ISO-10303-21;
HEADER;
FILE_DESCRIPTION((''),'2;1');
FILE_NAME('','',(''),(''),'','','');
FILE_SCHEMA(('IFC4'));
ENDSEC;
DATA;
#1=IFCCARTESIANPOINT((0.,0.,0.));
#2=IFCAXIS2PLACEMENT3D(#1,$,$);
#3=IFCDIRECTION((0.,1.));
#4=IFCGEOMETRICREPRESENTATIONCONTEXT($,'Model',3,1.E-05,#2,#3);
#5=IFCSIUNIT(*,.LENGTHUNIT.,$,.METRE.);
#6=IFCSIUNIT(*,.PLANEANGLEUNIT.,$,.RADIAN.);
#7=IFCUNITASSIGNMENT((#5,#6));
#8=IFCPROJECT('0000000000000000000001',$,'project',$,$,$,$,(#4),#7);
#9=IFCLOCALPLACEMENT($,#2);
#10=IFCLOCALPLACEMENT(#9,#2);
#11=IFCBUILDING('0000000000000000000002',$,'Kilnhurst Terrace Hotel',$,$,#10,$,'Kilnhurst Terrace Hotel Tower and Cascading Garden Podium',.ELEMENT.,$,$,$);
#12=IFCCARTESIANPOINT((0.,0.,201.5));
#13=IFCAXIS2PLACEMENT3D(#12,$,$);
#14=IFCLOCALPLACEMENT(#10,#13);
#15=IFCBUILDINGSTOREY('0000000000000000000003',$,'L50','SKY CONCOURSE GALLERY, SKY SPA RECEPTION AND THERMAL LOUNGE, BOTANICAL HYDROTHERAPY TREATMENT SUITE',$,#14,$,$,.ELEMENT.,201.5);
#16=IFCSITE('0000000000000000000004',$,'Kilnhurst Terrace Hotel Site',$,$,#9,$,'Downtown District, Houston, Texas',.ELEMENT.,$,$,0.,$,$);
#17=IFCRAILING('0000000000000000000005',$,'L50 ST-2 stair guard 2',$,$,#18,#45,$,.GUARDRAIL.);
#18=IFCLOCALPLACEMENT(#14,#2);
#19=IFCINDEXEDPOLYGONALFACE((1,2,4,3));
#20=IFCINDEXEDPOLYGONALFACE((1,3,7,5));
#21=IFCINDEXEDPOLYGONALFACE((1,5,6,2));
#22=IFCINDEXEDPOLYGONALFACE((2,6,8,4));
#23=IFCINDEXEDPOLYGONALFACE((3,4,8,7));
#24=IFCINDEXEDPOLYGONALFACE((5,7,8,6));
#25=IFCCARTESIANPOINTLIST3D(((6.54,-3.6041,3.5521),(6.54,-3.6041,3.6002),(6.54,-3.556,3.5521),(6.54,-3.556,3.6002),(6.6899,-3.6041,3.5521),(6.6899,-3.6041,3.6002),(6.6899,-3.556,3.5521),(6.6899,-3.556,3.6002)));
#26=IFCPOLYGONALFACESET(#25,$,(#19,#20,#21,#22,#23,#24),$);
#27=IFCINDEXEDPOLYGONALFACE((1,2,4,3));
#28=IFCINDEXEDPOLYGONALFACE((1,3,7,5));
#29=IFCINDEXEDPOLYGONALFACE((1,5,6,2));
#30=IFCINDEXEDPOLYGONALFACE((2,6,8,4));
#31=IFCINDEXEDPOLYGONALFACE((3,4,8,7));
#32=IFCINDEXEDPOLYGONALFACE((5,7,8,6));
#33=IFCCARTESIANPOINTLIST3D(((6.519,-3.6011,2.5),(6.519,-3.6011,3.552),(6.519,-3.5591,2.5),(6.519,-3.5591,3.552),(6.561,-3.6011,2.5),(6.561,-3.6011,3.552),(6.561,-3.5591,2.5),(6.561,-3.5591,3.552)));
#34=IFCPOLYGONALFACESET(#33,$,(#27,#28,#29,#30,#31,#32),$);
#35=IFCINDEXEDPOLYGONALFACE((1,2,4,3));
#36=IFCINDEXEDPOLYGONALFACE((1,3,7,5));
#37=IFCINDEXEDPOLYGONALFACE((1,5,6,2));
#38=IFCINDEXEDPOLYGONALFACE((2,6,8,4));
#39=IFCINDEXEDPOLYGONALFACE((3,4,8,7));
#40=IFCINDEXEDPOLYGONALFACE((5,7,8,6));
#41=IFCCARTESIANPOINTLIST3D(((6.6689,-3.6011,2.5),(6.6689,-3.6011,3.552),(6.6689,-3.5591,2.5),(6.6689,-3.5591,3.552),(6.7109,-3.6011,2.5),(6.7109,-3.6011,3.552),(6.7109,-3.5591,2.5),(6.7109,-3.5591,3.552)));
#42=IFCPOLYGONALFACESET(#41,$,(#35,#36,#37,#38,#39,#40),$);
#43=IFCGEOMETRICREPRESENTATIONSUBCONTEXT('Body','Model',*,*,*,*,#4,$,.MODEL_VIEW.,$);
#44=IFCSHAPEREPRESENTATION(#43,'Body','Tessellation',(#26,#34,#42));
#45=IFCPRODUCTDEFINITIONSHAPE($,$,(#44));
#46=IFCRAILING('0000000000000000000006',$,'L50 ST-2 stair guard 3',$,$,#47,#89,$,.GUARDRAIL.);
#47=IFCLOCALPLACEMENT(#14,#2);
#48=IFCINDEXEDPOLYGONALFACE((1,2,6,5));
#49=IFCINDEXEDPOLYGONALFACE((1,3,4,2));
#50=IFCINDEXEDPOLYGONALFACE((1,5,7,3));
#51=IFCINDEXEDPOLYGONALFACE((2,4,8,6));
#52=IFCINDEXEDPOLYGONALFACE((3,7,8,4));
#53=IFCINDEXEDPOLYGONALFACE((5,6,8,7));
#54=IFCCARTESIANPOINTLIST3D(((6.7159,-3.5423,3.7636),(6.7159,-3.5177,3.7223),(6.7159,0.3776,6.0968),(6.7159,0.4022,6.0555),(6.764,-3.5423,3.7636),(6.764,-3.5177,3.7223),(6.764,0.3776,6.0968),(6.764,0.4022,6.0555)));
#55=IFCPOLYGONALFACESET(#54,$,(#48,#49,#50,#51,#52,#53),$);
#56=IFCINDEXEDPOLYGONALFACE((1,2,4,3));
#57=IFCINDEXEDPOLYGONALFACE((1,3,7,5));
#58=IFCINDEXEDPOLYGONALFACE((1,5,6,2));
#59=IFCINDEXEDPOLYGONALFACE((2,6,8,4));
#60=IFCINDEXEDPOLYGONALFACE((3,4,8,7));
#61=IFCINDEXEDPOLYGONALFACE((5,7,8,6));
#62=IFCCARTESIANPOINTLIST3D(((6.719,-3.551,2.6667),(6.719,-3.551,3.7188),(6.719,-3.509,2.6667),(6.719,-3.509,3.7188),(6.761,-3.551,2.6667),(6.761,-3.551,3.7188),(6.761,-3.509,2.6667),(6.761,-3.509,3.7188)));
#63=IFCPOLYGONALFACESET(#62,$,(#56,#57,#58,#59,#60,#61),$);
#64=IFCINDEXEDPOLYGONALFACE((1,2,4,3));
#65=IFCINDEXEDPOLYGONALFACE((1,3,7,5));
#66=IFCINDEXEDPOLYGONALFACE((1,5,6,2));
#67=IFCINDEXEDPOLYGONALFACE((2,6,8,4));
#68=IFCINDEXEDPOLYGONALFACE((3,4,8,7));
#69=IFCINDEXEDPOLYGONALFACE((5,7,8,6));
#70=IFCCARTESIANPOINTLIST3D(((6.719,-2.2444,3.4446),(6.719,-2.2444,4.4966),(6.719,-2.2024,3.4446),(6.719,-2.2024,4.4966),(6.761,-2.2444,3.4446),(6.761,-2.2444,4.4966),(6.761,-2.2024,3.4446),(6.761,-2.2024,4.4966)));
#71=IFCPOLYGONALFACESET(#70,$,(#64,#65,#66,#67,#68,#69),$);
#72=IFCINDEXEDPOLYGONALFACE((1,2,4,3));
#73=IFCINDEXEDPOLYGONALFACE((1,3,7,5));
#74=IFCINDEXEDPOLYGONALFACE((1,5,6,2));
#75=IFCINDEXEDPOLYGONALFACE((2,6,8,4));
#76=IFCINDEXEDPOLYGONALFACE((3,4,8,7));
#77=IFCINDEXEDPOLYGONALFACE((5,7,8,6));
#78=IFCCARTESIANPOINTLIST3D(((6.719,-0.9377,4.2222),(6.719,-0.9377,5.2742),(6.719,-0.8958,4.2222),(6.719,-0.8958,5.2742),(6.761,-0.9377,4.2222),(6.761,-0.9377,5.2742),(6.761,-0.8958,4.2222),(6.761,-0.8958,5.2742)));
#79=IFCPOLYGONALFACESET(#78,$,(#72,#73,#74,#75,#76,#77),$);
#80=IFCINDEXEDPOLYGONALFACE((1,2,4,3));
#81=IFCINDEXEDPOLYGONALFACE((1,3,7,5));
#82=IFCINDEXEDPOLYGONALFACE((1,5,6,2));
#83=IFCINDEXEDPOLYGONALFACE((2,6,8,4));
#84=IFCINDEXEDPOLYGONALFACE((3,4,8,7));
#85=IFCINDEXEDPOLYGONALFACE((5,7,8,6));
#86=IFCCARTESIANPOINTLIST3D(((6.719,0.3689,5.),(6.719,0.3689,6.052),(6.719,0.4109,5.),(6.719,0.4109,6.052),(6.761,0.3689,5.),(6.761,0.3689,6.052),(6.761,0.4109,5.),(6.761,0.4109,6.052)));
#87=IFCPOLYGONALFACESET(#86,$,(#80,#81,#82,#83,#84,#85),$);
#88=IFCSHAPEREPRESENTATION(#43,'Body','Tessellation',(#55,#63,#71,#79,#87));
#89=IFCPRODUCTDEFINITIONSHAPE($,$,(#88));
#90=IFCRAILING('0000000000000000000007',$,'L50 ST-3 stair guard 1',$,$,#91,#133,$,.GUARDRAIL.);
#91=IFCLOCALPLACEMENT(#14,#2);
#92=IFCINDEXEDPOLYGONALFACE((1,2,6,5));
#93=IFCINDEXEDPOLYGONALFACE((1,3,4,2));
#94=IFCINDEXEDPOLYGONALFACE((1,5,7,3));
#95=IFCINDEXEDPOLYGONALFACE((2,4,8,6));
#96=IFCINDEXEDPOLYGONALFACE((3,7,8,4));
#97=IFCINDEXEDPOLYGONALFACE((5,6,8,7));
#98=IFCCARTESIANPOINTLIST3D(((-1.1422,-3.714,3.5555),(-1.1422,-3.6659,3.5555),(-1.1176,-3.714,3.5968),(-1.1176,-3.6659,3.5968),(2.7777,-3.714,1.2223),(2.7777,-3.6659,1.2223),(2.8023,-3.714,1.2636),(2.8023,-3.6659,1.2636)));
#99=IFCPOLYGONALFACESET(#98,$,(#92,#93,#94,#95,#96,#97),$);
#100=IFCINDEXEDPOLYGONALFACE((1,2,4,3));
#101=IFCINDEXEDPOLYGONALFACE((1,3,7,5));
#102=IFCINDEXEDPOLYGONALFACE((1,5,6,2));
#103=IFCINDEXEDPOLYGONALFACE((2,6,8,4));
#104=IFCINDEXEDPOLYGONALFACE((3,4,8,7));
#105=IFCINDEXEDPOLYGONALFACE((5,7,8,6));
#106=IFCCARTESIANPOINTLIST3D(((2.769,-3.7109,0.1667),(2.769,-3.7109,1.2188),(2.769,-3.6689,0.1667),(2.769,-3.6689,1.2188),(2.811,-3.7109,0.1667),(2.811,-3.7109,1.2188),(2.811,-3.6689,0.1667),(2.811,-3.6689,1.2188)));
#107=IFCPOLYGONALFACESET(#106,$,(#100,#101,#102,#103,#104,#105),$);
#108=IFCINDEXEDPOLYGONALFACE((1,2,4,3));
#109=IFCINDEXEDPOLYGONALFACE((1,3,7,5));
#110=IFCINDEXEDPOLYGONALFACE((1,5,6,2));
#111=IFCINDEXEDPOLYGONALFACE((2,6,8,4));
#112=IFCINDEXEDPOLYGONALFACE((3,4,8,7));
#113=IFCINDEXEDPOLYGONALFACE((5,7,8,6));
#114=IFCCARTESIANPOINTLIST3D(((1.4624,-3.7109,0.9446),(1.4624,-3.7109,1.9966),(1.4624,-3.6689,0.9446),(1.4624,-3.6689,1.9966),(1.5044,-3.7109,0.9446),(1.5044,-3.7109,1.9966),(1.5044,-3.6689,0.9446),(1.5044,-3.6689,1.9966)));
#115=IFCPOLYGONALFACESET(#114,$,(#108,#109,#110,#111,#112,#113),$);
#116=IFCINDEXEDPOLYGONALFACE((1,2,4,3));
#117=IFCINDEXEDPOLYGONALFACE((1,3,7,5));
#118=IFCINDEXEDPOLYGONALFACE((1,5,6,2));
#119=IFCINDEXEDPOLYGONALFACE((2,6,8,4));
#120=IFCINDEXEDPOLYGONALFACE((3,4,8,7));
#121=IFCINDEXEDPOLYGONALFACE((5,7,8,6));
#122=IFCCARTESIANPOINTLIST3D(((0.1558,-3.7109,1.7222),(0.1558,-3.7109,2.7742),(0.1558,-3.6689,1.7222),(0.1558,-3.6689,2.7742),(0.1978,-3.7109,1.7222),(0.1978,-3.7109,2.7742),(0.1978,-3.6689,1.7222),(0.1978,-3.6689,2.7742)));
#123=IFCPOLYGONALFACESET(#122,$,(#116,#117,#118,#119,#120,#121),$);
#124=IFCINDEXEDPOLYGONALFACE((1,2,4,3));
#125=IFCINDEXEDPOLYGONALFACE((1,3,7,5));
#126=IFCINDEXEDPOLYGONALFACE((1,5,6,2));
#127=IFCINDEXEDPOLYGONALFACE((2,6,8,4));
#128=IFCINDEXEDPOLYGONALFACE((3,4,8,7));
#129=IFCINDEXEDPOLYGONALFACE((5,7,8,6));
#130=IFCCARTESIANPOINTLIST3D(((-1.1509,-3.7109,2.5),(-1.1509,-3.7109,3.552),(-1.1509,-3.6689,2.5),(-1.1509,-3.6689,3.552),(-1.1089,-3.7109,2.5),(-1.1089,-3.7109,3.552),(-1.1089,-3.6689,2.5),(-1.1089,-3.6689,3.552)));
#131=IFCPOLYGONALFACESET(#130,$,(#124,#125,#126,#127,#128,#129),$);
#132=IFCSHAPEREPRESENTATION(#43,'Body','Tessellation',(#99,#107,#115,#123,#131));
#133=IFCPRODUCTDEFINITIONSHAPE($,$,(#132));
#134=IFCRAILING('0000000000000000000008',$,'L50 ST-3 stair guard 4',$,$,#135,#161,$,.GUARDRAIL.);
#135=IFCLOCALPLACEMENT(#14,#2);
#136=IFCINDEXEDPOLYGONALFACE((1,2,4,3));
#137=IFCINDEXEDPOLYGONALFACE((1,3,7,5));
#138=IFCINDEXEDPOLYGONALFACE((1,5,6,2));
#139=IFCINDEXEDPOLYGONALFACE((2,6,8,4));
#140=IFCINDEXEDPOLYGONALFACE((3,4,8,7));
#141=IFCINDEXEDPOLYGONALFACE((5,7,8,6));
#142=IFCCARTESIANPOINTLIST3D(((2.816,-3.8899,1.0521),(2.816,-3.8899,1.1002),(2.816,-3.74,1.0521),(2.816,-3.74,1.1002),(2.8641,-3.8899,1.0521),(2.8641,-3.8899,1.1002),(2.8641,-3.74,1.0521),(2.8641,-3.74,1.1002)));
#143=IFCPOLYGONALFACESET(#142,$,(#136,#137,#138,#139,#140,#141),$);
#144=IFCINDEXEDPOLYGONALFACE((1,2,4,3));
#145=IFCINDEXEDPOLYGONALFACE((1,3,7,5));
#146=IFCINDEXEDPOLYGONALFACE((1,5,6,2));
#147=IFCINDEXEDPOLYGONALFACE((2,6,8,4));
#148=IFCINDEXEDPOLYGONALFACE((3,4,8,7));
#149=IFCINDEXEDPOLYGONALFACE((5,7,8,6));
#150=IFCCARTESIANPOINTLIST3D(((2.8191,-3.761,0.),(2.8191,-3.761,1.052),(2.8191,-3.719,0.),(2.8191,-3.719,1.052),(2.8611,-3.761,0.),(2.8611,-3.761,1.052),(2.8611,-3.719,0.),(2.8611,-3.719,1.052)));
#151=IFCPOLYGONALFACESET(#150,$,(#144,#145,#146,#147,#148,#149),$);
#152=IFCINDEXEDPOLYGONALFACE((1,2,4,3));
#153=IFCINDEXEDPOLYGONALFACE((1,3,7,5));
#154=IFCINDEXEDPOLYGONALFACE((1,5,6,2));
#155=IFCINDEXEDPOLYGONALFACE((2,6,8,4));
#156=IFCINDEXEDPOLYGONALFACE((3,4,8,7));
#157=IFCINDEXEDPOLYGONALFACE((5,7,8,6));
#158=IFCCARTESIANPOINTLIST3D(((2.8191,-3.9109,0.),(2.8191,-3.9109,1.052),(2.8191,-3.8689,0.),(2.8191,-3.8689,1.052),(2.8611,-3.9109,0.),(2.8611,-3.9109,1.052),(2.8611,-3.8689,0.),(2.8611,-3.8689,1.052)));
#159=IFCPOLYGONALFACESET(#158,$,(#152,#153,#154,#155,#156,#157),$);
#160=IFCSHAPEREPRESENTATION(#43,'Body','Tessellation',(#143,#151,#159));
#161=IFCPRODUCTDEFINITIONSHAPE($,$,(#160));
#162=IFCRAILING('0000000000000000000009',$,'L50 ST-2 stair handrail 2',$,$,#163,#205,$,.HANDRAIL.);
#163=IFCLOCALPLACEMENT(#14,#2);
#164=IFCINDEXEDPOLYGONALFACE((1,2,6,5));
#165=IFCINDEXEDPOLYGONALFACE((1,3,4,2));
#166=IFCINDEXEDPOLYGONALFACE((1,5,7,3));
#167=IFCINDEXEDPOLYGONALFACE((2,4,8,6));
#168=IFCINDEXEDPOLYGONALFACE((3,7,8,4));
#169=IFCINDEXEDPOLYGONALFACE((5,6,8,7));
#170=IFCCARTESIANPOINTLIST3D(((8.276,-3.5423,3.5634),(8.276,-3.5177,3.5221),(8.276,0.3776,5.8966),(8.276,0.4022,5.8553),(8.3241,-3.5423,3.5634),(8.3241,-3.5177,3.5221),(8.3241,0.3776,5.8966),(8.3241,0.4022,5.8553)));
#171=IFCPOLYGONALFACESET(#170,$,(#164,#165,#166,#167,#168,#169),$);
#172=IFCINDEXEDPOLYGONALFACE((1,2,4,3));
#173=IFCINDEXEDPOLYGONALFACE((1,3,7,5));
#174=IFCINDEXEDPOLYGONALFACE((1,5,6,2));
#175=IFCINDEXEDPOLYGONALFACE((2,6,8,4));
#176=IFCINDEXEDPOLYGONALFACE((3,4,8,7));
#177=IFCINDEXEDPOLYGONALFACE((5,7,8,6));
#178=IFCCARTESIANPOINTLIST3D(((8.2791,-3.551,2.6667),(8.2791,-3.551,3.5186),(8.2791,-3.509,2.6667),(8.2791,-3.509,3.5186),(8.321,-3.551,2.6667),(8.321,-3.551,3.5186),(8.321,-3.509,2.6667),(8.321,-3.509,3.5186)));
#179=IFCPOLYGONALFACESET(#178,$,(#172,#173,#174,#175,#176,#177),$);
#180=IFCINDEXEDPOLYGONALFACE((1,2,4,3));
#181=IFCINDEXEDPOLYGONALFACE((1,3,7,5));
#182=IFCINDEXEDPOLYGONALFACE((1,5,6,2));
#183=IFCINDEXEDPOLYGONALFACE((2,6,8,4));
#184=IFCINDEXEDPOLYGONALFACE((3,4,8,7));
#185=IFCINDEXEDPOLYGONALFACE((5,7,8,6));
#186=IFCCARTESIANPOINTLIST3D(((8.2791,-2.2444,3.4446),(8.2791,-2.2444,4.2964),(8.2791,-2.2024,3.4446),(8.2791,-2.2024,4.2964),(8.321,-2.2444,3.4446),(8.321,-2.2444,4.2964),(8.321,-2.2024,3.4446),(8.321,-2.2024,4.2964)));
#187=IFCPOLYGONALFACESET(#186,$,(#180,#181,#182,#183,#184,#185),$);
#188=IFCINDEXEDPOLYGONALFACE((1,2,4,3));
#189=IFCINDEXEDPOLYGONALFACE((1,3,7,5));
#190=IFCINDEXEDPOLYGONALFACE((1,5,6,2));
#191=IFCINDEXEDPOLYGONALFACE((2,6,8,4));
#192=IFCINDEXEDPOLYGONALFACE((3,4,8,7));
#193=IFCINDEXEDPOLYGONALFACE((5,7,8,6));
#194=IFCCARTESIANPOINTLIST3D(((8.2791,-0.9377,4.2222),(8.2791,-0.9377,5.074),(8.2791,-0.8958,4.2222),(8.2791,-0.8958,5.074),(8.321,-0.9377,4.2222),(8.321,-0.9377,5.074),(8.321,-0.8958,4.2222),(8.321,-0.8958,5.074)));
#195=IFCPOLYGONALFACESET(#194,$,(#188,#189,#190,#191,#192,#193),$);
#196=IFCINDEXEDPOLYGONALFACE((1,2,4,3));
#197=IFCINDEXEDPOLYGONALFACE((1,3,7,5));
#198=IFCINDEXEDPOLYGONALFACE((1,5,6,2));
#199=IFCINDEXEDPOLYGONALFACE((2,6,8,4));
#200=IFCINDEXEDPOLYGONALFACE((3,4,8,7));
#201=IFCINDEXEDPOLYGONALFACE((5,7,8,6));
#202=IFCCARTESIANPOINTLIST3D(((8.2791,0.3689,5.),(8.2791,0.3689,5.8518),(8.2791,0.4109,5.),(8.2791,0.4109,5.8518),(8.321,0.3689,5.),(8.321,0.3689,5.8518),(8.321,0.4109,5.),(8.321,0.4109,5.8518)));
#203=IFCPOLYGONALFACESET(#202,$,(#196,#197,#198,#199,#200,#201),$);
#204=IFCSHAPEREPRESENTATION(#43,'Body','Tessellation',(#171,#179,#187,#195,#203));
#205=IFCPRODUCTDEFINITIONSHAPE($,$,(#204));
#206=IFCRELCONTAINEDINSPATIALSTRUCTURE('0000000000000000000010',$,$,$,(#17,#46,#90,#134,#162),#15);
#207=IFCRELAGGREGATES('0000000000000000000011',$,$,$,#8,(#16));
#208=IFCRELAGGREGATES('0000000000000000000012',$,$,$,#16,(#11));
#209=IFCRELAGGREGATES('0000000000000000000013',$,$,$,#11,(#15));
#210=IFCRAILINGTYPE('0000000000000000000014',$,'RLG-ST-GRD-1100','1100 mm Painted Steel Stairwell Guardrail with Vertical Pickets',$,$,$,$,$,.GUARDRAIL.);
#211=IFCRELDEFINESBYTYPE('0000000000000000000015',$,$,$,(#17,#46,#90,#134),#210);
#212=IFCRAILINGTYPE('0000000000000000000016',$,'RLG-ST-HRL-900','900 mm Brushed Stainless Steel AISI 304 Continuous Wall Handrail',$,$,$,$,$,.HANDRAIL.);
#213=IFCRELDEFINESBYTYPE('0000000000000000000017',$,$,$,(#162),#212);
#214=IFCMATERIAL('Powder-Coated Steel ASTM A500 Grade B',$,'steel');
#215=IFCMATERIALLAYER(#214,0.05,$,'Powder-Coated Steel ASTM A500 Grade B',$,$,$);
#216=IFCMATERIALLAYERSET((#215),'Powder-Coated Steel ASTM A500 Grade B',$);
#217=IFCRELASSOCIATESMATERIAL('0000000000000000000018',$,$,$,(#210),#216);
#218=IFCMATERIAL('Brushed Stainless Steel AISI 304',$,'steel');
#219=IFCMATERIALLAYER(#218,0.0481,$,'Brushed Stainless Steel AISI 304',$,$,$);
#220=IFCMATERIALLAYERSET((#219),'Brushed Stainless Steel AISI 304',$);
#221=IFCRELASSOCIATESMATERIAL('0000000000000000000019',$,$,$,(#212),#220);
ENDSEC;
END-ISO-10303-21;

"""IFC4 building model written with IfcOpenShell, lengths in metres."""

from ifc_helpers import new_model, si_unit, direction, frame, origin, origin_2d, place, context, subcontext, project, spatial, rectangle, extrude, material, layer, layer_set, type_object, element, save


model = new_model("IFC4")

# Units and contexts
model_context = context("Model", 3, precision=1e-05, world=origin(), true_north=direction((0.0, 1.0)))
body_context = subcontext(model_context, "Body", "Model", "MODEL_VIEW")
ifc_project = project(units=[si_unit("LENGTHUNIT", "METRE"), si_unit("PLANEANGLEUNIT", "RADIAN")], contexts=[model_context])

# Site, building, storey
site_placement = place(None, origin())
site = spatial("IfcSite", under=ifc_project, at=site_placement, Name="Kilnhurst Terrace Hotel Site", LongName="Downtown District, Houston, Texas", CompositionType="ELEMENT", RefElevation=0.0)
building_placement = place(site_placement, origin())
building = spatial("IfcBuilding", under=site, at=building_placement, Name="Kilnhurst Terrace Hotel", LongName="Kilnhurst Terrace Hotel Tower and Cascading Garden Podium", CompositionType="ELEMENT")
storey_placement = place(building_placement, frame((0.0, 0.0, 201.5)))
storey = spatial("IfcBuildingStorey", under=building, at=storey_placement, Name="L50", Description="SKY CONCOURSE GALLERY, SKY SPA RECEPTION AND THERMAL LOUNGE, BOTANICAL HYDROTHERAPY TREATMENT SUITE", CompositionType="ELEMENT", Elevation=201.5)

# Railings
ifc_material_1 = material(Name="Powder-Coated Steel ASTM A500 Grade B", Category="steel")
ifc_layer_1 = layer(ifc_material_1, 0.05, Name="Powder-Coated Steel ASTM A500 Grade B")
ifc_layer_set_1 = layer_set([ifc_layer_1], Name="Powder-Coated Steel ASTM A500 Grade B")
railing_type_1 = type_object("IfcRailingType", Name="RLG-ST-GRD-1100", Description="1100 mm Painted Steel Stairwell Guardrail with Vertical Pickets", PredefinedType="GUARDRAIL", material=ifc_layer_set_1)
railing_1_placement = place(storey_placement, frame((6.54, -3.5801, 2.5)))
element("IfcRailing", 1, at=railing_1_placement, inside=storey, type_object=railing_type_1, Name="L50 ST-2 stair guard 2", PredefinedType="GUARDRAIL", context=body_context, shape_type="SweptSolid", body=[
    extrude(rectangle(XDim=0.0481, YDim=0.0481, at=origin_2d()), frame((0.0, 0.0, 1.0762), z_axis=(1.0, 0.0, 0.0), x_axis=(0.0, 1.0, 0.0)), (0.0, 0.0, 1.0), 0.1499),
    extrude(rectangle(XDim=0.042, YDim=0.042, at=origin_2d()), origin(), (0.0, 0.0, 1.0), 1.052),
    extrude(rectangle(XDim=0.042, YDim=0.042, at=origin_2d()), frame((0.1499, 0.0, 0.0)), (0.0, 0.0, 1.0), 1.052),
])
railing_2_placement = place(storey_placement, frame((6.74, -3.53, 2.6667)))
element("IfcRailing", 2, at=railing_2_placement, inside=storey, type_object=railing_type_1, Name="L50 ST-2 stair guard 3", PredefinedType="GUARDRAIL", context=body_context, shape_type="SweptSolid", body=[
    extrude(rectangle(XDim=0.0481, YDim=0.0481, at=origin_2d()), frame((0.0, 0.0, 1.0762), z_axis=(0.0, 0.859296, 0.511478), x_axis=(-1.0, 0.0, 0.0)), (0.0, 0.0, 1.0), 4.5618),
    extrude(rectangle(XDim=0.042, YDim=0.042, at=origin_2d()), origin(), (0.0, 0.0, 1.0), 1.052),
    extrude(rectangle(XDim=0.042, YDim=0.042, at=origin_2d()), frame((0.0, 1.3066, 0.7778)), (0.0, 0.0, 1.0), 1.052),
    extrude(rectangle(XDim=0.042, YDim=0.042, at=origin_2d()), frame((0.0, 2.6133, 1.5554)), (0.0, 0.0, 1.0), 1.052),
    extrude(rectangle(XDim=0.042, YDim=0.042, at=origin_2d()), frame((0.0, 3.9199, 2.3333)), (0.0, 0.0, 1.0), 1.052),
])
railing_3_placement = place(storey_placement, frame((2.79, -3.6899, 0.1667)))
element("IfcRailing", 3, at=railing_3_placement, inside=storey, type_object=railing_type_1, Name="L50 ST-3 stair guard 1", PredefinedType="GUARDRAIL", context=body_context, shape_type="SweptSolid", body=[
    extrude(rectangle(XDim=0.0481, YDim=0.0481, at=origin_2d()), frame((0.0, 0.0, 1.0762), z_axis=(-0.859296, 0.0, 0.511478), x_axis=(0.0, -1.0, 0.0)), (0.0, 0.0, 1.0), 4.5618),
    extrude(rectangle(XDim=0.042, YDim=0.042, at=origin_2d()), origin(), (0.0, 0.0, 1.0), 1.052),
    extrude(rectangle(XDim=0.042, YDim=0.042, at=origin_2d()), frame((-1.3066, 0.0, 0.7778)), (0.0, 0.0, 1.0), 1.052),
    extrude(rectangle(XDim=0.042, YDim=0.042, at=origin_2d()), frame((-2.6133, 0.0, 1.5554)), (0.0, 0.0, 1.0), 1.052),
    extrude(rectangle(XDim=0.042, YDim=0.042, at=origin_2d()), frame((-3.9199, 0.0, 2.3333)), (0.0, 0.0, 1.0), 1.052),
])
railing_4_placement = place(storey_placement, frame((2.8401, -3.74, 0.0)))
element("IfcRailing", 4, at=railing_4_placement, inside=storey, type_object=railing_type_1, Name="L50 ST-3 stair guard 4", PredefinedType="GUARDRAIL", context=body_context, shape_type="SweptSolid", body=[
    extrude(rectangle(XDim=0.0481, YDim=0.0481, at=origin_2d()), frame((0.0, 0.0, 1.0762), z_axis=(0.0, -1.0, 0.0), x_axis=(1.0, 0.0, 0.0)), (0.0, 0.0, 1.0), 0.1499),
    extrude(rectangle(XDim=0.042, YDim=0.042, at=origin_2d()), origin(), (0.0, 0.0, 1.0), 1.052),
    extrude(rectangle(XDim=0.042, YDim=0.042, at=origin_2d()), frame((0.0, -0.1499, 0.0)), (0.0, 0.0, 1.0), 1.052),
])
ifc_material_2 = material(Name="Brushed Stainless Steel AISI 304", Category="steel")
ifc_layer_2 = layer(ifc_material_2, 0.0481, Name="Brushed Stainless Steel AISI 304")
ifc_layer_set_2 = layer_set([ifc_layer_2], Name="Brushed Stainless Steel AISI 304")
railing_type_2 = type_object("IfcRailingType", Name="RLG-ST-HRL-900", Description="900 mm Brushed Stainless Steel AISI 304 Continuous Wall Handrail", PredefinedType="HANDRAIL", material=ifc_layer_set_2)
railing_5_placement = place(storey_placement, frame((8.3, -3.53, 2.6667)))
element("IfcRailing", 5, at=railing_5_placement, inside=storey, type_object=railing_type_2, Name="L50 ST-2 stair handrail 2", PredefinedType="HANDRAIL", context=body_context, shape_type="SweptSolid", body=[
    extrude(rectangle(XDim=0.0481, YDim=0.0481, at=origin_2d()), frame((0.0, 0.0, 0.876), z_axis=(0.0, 0.859296, 0.511478), x_axis=(-1.0, 0.0, 0.0)), (0.0, 0.0, 1.0), 4.5618),
    extrude(rectangle(XDim=0.042, YDim=0.042, at=origin_2d()), origin(), (0.0, 0.0, 1.0), 0.8518),
    extrude(rectangle(XDim=0.042, YDim=0.042, at=origin_2d()), frame((0.0, 1.3066, 0.7778)), (0.0, 0.0, 1.0), 0.8518),
    extrude(rectangle(XDim=0.042, YDim=0.042, at=origin_2d()), frame((0.0, 2.6133, 1.5554)), (0.0, 0.0, 1.0), 0.8518),
    extrude(rectangle(XDim=0.042, YDim=0.042, at=origin_2d()), frame((0.0, 3.9199, 2.3333)), (0.0, 0.0, 1.0), 0.8518),
])

save(model, "model.ifc")
